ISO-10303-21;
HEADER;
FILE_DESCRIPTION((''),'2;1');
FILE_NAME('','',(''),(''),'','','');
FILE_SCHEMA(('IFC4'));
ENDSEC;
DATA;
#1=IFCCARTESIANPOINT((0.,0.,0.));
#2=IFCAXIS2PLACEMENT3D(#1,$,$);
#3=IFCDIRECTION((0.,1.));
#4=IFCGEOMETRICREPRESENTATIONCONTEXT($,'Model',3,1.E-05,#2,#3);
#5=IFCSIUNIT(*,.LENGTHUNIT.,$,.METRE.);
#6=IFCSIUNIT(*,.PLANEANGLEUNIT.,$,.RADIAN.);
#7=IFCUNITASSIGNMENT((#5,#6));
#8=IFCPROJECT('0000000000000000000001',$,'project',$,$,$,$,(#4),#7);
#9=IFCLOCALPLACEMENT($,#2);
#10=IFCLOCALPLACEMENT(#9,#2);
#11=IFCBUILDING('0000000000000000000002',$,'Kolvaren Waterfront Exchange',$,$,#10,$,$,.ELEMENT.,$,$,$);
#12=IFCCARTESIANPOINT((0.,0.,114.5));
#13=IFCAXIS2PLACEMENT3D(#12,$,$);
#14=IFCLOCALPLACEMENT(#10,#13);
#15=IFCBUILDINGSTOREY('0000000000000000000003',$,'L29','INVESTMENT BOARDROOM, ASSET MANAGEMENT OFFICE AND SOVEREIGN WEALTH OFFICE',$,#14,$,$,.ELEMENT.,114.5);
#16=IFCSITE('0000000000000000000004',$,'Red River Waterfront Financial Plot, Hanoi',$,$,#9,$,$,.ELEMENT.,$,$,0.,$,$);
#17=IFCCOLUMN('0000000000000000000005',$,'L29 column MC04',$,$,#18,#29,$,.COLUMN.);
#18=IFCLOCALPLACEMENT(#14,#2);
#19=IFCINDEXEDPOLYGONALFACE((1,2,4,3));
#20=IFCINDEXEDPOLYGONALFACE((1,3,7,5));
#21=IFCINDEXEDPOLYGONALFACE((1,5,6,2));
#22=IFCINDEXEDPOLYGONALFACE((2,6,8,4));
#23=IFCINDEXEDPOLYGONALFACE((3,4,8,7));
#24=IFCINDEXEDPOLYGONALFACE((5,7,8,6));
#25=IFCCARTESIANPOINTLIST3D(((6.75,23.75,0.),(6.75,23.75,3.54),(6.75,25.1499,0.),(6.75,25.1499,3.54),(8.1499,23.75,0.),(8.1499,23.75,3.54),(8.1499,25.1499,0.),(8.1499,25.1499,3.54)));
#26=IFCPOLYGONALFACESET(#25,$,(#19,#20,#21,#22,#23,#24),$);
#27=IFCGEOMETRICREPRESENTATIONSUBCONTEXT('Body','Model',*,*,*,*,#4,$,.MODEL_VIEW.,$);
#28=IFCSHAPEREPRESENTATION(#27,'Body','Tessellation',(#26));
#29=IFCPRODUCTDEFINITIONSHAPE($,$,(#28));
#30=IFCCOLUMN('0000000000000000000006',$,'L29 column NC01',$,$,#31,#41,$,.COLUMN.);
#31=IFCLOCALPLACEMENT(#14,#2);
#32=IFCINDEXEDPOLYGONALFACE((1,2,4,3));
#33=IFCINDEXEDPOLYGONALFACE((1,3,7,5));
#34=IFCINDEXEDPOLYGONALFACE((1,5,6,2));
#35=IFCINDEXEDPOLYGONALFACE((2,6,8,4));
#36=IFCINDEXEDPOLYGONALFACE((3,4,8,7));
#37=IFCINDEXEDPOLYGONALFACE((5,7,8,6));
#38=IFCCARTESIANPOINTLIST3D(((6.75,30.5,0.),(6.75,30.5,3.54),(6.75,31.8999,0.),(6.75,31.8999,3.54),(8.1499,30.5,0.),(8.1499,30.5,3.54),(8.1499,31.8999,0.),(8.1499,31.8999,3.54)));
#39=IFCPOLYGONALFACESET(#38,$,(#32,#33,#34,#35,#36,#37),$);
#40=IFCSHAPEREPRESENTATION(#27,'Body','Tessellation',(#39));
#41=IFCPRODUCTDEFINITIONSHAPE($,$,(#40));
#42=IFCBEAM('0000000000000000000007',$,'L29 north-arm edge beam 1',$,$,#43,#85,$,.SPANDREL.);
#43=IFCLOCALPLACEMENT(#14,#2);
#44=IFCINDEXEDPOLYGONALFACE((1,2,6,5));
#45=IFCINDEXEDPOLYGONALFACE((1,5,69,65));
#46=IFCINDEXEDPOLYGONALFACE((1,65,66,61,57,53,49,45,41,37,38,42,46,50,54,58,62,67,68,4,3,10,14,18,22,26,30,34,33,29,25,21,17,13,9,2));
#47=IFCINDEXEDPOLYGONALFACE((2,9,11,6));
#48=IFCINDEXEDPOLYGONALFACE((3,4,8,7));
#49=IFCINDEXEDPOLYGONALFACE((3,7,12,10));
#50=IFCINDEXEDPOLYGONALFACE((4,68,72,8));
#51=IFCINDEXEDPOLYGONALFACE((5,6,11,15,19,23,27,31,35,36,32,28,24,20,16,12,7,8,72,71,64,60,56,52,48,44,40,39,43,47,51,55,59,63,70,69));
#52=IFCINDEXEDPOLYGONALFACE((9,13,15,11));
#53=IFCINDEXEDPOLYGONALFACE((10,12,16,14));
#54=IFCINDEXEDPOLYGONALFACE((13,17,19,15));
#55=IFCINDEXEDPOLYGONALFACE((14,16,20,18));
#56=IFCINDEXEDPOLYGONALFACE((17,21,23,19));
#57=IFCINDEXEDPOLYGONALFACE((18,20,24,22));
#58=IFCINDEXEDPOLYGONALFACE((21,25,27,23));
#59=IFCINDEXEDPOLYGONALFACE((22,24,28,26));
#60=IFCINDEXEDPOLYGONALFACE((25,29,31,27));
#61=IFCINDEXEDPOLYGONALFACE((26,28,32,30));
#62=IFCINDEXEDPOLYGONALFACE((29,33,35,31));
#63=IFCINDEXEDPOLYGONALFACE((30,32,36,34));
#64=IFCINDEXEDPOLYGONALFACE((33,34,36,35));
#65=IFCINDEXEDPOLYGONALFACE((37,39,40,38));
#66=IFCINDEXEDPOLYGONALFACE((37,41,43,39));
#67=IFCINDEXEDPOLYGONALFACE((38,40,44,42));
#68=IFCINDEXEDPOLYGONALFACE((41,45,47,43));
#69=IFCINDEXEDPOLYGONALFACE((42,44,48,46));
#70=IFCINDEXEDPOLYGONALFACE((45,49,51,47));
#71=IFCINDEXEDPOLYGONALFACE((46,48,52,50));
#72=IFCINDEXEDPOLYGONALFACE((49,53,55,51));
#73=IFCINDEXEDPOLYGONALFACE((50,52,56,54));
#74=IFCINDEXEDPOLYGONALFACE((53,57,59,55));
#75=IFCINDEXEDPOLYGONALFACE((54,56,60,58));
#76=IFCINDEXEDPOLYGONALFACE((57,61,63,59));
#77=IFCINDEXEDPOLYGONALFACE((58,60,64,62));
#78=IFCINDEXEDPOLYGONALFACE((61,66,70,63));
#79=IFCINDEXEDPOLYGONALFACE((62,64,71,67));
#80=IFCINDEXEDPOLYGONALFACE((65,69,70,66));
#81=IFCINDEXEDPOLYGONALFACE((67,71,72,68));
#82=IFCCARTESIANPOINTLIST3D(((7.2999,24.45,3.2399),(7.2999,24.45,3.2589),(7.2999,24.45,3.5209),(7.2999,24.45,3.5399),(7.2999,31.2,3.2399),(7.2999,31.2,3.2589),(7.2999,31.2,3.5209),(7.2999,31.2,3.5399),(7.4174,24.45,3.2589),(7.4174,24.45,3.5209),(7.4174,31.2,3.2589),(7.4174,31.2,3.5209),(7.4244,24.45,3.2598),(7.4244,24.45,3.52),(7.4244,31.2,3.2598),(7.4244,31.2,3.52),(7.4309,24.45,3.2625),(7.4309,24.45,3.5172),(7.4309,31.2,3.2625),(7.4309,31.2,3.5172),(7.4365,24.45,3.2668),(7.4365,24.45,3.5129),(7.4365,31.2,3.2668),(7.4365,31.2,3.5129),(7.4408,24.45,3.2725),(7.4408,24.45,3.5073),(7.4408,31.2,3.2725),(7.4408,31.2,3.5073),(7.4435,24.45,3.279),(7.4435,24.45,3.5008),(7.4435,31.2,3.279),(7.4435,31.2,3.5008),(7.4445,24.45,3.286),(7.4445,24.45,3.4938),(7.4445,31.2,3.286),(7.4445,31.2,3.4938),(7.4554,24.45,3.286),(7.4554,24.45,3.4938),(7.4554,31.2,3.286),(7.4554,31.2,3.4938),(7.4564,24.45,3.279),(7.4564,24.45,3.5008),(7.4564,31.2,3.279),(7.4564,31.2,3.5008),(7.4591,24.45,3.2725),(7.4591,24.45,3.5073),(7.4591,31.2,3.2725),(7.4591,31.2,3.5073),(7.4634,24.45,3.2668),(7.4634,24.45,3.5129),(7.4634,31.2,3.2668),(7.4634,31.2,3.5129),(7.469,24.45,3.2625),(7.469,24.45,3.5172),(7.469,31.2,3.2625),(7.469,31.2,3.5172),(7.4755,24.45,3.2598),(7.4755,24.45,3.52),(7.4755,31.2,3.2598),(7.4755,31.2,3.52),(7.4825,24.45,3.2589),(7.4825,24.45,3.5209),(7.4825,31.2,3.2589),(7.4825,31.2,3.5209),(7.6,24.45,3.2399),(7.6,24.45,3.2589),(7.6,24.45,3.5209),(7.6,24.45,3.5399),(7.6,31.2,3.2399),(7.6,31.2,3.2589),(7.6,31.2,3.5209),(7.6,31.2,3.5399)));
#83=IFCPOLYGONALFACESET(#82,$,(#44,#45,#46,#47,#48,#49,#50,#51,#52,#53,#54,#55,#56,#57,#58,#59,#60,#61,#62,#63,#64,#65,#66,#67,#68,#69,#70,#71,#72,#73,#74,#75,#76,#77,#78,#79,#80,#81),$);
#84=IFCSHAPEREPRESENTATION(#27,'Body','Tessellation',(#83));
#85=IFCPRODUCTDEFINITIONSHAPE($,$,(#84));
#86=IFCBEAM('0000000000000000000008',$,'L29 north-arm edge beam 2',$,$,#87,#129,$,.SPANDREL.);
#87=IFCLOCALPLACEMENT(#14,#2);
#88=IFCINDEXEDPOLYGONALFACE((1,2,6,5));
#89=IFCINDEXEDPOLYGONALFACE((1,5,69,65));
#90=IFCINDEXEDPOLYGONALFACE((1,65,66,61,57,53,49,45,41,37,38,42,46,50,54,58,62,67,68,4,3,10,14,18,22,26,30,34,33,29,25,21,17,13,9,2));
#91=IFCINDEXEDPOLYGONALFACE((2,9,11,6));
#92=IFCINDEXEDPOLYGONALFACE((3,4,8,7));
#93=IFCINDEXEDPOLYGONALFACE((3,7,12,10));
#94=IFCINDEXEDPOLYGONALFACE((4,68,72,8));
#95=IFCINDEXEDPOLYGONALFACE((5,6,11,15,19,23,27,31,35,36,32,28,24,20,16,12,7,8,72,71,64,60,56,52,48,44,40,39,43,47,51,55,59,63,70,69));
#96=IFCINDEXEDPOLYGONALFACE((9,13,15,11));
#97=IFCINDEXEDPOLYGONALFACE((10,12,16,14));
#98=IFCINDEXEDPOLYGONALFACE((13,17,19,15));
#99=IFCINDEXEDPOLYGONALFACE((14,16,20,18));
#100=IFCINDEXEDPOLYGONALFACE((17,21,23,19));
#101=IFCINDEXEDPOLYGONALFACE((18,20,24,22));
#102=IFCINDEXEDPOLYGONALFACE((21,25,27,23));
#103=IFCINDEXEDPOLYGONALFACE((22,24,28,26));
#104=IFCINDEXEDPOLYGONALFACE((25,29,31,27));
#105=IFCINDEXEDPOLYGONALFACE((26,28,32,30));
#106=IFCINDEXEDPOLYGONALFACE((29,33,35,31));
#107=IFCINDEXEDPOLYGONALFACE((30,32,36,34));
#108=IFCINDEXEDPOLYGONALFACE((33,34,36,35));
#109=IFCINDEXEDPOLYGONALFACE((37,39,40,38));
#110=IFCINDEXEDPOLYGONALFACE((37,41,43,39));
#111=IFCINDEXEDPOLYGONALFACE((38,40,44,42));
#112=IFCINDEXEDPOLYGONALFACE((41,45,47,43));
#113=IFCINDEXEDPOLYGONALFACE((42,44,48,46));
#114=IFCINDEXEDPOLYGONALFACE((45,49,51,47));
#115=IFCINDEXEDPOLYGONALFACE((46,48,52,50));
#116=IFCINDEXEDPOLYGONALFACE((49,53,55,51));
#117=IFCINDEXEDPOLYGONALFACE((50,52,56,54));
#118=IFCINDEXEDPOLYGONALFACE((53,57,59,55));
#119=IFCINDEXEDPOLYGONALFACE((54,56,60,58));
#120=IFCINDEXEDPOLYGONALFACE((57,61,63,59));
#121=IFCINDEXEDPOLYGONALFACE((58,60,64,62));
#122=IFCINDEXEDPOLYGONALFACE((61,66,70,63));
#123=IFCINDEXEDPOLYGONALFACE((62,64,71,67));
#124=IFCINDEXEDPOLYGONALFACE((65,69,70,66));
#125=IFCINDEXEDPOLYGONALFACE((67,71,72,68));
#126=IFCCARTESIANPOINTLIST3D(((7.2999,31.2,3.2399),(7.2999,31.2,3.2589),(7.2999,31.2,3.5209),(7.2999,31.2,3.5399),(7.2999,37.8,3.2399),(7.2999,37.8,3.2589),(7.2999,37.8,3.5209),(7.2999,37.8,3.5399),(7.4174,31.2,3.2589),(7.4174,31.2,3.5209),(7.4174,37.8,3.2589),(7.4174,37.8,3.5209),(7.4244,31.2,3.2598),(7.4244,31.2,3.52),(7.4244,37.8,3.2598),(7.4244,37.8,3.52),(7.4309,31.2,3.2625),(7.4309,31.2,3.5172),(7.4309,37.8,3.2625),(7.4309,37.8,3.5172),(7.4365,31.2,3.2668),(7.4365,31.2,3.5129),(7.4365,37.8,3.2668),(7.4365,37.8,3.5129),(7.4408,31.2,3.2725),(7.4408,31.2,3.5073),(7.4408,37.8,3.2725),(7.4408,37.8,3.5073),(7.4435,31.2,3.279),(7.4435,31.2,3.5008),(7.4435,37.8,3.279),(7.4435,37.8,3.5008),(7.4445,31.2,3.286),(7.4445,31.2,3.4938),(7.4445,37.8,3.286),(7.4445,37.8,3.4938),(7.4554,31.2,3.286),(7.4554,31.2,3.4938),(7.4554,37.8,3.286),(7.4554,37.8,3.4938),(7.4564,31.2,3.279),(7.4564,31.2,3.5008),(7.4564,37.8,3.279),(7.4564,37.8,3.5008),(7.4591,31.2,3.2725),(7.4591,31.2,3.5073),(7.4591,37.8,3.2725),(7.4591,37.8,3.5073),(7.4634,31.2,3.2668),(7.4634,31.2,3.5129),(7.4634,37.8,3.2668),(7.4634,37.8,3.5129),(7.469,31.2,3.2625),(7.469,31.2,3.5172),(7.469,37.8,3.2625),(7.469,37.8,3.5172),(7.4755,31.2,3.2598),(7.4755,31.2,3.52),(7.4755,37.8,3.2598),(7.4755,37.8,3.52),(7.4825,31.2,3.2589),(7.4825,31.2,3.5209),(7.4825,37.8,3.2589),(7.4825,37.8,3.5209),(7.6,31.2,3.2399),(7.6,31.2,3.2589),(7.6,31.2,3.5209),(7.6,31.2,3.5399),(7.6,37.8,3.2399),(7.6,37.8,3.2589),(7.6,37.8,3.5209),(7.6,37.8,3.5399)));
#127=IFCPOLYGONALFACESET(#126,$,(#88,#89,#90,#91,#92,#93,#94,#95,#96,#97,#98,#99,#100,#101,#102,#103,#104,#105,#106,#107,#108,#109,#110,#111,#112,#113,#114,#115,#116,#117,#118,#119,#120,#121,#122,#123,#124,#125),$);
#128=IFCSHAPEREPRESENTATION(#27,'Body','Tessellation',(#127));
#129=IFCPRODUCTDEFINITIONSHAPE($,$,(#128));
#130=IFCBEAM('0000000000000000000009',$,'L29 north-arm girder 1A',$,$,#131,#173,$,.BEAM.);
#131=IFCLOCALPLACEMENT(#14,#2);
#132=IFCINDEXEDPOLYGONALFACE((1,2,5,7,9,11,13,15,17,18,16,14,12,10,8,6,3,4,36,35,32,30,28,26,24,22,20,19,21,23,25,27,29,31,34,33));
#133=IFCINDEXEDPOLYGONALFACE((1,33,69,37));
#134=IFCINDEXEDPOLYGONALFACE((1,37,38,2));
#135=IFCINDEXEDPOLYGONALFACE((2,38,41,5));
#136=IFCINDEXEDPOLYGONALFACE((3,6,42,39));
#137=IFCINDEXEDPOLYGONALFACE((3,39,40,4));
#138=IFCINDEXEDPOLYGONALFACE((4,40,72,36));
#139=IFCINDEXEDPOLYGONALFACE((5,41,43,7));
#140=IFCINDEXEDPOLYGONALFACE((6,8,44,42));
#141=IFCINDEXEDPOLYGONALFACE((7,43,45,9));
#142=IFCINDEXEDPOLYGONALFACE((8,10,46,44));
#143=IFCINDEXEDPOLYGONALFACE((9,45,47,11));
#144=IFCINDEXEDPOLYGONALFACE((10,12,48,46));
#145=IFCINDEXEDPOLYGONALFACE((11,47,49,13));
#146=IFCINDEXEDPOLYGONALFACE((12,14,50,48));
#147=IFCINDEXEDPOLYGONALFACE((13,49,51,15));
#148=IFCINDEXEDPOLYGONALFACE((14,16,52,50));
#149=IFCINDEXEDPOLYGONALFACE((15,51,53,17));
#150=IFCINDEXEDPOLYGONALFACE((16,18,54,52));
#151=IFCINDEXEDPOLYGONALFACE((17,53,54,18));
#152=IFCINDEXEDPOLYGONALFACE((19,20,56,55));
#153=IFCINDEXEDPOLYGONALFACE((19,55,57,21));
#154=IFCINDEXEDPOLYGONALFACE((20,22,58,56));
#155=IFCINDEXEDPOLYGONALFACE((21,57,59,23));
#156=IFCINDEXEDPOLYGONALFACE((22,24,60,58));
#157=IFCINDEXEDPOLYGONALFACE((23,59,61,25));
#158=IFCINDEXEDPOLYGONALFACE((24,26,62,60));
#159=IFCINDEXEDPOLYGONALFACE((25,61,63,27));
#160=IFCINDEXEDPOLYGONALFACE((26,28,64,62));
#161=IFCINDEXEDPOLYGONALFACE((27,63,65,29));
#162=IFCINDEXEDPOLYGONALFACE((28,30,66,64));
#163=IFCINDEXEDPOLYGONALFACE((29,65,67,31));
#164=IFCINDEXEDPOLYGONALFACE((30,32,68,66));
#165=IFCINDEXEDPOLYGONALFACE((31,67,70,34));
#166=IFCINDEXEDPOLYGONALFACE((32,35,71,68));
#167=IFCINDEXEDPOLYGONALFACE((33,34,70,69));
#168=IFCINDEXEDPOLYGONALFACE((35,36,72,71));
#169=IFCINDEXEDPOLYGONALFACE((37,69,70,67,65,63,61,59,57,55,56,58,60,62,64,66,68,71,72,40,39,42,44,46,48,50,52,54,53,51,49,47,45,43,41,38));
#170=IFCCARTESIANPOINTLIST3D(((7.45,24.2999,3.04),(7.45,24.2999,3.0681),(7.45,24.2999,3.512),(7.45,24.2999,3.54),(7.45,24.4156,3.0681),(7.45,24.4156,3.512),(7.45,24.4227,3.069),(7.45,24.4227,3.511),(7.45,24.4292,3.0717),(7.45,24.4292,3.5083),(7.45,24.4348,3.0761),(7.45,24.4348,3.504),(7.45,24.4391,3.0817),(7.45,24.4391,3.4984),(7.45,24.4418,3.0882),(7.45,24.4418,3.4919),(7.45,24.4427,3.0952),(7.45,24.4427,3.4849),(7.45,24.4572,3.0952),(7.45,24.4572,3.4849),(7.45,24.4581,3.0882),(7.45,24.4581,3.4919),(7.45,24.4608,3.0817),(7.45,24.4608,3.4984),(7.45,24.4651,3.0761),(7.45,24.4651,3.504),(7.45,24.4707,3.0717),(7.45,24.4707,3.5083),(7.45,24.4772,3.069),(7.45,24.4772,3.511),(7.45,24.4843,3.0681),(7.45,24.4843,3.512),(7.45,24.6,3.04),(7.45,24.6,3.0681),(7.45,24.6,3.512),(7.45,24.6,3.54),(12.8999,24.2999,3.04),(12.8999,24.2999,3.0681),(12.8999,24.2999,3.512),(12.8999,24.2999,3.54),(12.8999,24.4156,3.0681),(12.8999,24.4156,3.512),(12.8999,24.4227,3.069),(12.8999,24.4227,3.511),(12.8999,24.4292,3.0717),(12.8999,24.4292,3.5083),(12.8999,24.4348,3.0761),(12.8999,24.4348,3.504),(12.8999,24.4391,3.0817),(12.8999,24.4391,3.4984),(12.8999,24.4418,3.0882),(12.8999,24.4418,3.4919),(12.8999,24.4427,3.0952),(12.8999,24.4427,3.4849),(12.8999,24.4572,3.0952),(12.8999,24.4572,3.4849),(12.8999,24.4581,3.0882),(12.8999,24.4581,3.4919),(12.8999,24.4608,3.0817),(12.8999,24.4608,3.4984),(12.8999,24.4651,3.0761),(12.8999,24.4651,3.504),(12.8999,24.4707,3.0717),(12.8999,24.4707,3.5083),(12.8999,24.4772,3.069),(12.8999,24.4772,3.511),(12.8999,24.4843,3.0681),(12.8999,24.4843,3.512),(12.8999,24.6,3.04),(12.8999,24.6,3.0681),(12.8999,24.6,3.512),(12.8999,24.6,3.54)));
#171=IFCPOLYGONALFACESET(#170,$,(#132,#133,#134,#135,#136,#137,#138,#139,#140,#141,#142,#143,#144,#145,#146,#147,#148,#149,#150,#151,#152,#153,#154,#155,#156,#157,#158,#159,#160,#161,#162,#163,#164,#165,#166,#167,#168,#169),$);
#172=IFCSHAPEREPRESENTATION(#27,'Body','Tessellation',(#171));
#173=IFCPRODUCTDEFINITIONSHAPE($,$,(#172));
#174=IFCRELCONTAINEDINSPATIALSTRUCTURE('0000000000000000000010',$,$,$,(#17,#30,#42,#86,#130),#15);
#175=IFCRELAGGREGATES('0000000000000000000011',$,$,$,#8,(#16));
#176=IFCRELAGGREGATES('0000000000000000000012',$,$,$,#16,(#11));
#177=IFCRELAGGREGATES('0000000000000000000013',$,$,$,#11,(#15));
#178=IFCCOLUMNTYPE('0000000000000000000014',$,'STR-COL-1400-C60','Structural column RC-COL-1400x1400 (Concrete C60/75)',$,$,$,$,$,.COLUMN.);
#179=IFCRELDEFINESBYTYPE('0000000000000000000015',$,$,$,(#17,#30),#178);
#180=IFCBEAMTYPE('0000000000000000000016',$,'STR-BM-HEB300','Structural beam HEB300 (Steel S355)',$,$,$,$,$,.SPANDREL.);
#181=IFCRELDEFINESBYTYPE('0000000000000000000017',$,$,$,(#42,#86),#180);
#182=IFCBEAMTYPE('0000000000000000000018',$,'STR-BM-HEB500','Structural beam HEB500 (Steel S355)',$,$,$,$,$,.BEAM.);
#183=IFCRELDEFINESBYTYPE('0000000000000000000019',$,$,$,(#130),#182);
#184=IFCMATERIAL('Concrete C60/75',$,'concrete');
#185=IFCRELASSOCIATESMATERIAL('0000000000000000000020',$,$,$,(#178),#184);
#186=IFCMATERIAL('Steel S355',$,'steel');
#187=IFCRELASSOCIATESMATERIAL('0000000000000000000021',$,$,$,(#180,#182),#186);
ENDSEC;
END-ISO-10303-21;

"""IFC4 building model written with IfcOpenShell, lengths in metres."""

from ifc_helpers import new_model, si_unit, direction, frame, origin, origin_2d, place, context, subcontext, project, spatial, rectangle, i_section, extrude, material, material_profile, profile_set, type_object, element, save


model = new_model("IFC4")

# Units and contexts
model_context = context("Model", 3, precision=1e-05, world=origin(), true_north=direction((0.0, 1.0)))
body_context = subcontext(model_context, "Body", "Model", "MODEL_VIEW")
ifc_project = project(units=[si_unit("LENGTHUNIT", "METRE"), si_unit("PLANEANGLEUNIT", "RADIAN")], contexts=[model_context])

# Site, building, storey
site_placement = place(None, origin())
site = spatial("IfcSite", under=ifc_project, at=site_placement, Name="Red River Waterfront Financial Plot, Hanoi", CompositionType="ELEMENT", RefElevation=0.0)
building_placement = place(site_placement, origin())
building = spatial("IfcBuilding", under=site, at=building_placement, Name="Kolvaren Waterfront Exchange", CompositionType="ELEMENT")
storey_placement = place(building_placement, frame((0.0, 0.0, 114.5)))
storey = spatial("IfcBuildingStorey", under=building, at=storey_placement, Name="L29", Description="INVESTMENT BOARDROOM, ASSET MANAGEMENT OFFICE AND SOVEREIGN WEALTH OFFICE", CompositionType="ELEMENT", Elevation=114.5)

# Columns
ifc_material_1 = material(Name="Concrete C60/75", Category="concrete")
ifc_material_profile_1 = material_profile(ifc_material_1, rectangle(XDim=1.3999, YDim=1.3999, at=origin_2d()), Name="RC-COL-1400x1400")
ifc_profile_set_1 = profile_set([ifc_material_profile_1], Name="Concrete C60/75")
column_type = type_object("IfcColumnType", Name="STR-COL-1400-C60", Description="Structural column RC-COL-1400x1400 (Concrete C60/75)", PredefinedType="COLUMN", material=ifc_profile_set_1)
for number, where, z_axis, x_axis, name in (
    (1, (7.45, 24.45, 0.0), (0.0, 0.0, 1.0), (1.0, 0.0, 0.0), "L29 column MC04"),
    (2, (7.45, 31.2, 0.0), (0.0, 0.0, 1.0), (1.0, 0.0, 0.0), "L29 column NC01"),
):
    element("IfcColumn", number, at=place(storey_placement, frame(where, z_axis=z_axis, x_axis=x_axis)), inside=storey, type_object=column_type, Name=name, PredefinedType="COLUMN", context=body_context, shape_type="SweptSolid", body=[
        extrude(rectangle(XDim=1.3999, YDim=1.3999, at=origin_2d()), origin(), (0.0, 0.0, 1.0), 3.54),
    ])

# Beams
ifc_material_2 = material(Name="Steel S355", Category="steel")
ifc_material_profile_2 = material_profile(ifc_material_2, i_section(OverallWidth=0.3, OverallDepth=0.3, WebThickness=0.011, FlangeThickness=0.019, FilletRadius=0.0271, at=origin_2d()), Name="HEB300")
ifc_profile_set_2 = profile_set([ifc_material_profile_2], Name="Steel S355")
beam_type_1 = type_object("IfcBeamType", Name="STR-BM-HEB300", Description="Structural beam HEB300 (Steel S355)", PredefinedType="SPANDREL", material=ifc_profile_set_2)
beam_1_placement = place(storey_placement, frame((7.45, 24.45, 3.3899), z_axis=(0.0, 1.0, 0.0), x_axis=(-1.0, 0.0, 0.0)))
element("IfcBeam", 3, at=beam_1_placement, inside=storey, type_object=beam_type_1, Name="L29 north-arm edge beam 1", PredefinedType="SPANDREL", context=body_context, shape_type="SweptSolid", body=[
    extrude(i_section(OverallWidth=0.3, OverallDepth=0.3, WebThickness=0.011, FlangeThickness=0.019, FilletRadius=0.0271, at=origin_2d()), origin(), (0.0, 0.0, 1.0), 6.75),
])
beam_2_placement = place(storey_placement, frame((7.45, 31.2, 3.3899), z_axis=(0.0, 1.0, 0.0), x_axis=(-1.0, 0.0, 0.0)))
element("IfcBeam", 4, at=beam_2_placement, inside=storey, type_object=beam_type_1, Name="L29 north-arm edge beam 2", PredefinedType="SPANDREL", context=body_context, shape_type="SweptSolid", body=[
    extrude(i_section(OverallWidth=0.3, OverallDepth=0.3, WebThickness=0.011, FlangeThickness=0.019, FilletRadius=0.0271, at=origin_2d()), origin(), (0.0, 0.0, 1.0), 6.6001),
])
ifc_material_profile_3 = material_profile(ifc_material_2, i_section(OverallWidth=0.3, OverallDepth=0.5, WebThickness=0.0144, FlangeThickness=0.0281, FilletRadius=0.0271, at=origin_2d()), Name="HEB500")
ifc_profile_set_3 = profile_set([ifc_material_profile_3], Name="Steel S355")
beam_type_2 = type_object("IfcBeamType", Name="STR-BM-HEB500", Description="Structural beam HEB500 (Steel S355)", PredefinedType="BEAM", material=ifc_profile_set_3)
for number, where, z_axis, x_axis, name in (
    (5, (7.45, 24.45, 3.29), (1.0, 0.0, 0.0), (0.0, 1.0, 0.0), "L29 north-arm girder 1A"),
):
    element("IfcBeam", number, at=place(storey_placement, frame(where, z_axis=z_axis, x_axis=x_axis)), inside=storey, type_object=beam_type_2, Name=name, PredefinedType="BEAM", context=body_context, shape_type="SweptSolid", body=[
        extrude(i_section(OverallWidth=0.3, OverallDepth=0.5, WebThickness=0.0144, FlangeThickness=0.0281, FilletRadius=0.0271, at=origin_2d()), origin(), (0.0, 0.0, 1.0), 5.45),
    ])

save(model, "model.ifc")
